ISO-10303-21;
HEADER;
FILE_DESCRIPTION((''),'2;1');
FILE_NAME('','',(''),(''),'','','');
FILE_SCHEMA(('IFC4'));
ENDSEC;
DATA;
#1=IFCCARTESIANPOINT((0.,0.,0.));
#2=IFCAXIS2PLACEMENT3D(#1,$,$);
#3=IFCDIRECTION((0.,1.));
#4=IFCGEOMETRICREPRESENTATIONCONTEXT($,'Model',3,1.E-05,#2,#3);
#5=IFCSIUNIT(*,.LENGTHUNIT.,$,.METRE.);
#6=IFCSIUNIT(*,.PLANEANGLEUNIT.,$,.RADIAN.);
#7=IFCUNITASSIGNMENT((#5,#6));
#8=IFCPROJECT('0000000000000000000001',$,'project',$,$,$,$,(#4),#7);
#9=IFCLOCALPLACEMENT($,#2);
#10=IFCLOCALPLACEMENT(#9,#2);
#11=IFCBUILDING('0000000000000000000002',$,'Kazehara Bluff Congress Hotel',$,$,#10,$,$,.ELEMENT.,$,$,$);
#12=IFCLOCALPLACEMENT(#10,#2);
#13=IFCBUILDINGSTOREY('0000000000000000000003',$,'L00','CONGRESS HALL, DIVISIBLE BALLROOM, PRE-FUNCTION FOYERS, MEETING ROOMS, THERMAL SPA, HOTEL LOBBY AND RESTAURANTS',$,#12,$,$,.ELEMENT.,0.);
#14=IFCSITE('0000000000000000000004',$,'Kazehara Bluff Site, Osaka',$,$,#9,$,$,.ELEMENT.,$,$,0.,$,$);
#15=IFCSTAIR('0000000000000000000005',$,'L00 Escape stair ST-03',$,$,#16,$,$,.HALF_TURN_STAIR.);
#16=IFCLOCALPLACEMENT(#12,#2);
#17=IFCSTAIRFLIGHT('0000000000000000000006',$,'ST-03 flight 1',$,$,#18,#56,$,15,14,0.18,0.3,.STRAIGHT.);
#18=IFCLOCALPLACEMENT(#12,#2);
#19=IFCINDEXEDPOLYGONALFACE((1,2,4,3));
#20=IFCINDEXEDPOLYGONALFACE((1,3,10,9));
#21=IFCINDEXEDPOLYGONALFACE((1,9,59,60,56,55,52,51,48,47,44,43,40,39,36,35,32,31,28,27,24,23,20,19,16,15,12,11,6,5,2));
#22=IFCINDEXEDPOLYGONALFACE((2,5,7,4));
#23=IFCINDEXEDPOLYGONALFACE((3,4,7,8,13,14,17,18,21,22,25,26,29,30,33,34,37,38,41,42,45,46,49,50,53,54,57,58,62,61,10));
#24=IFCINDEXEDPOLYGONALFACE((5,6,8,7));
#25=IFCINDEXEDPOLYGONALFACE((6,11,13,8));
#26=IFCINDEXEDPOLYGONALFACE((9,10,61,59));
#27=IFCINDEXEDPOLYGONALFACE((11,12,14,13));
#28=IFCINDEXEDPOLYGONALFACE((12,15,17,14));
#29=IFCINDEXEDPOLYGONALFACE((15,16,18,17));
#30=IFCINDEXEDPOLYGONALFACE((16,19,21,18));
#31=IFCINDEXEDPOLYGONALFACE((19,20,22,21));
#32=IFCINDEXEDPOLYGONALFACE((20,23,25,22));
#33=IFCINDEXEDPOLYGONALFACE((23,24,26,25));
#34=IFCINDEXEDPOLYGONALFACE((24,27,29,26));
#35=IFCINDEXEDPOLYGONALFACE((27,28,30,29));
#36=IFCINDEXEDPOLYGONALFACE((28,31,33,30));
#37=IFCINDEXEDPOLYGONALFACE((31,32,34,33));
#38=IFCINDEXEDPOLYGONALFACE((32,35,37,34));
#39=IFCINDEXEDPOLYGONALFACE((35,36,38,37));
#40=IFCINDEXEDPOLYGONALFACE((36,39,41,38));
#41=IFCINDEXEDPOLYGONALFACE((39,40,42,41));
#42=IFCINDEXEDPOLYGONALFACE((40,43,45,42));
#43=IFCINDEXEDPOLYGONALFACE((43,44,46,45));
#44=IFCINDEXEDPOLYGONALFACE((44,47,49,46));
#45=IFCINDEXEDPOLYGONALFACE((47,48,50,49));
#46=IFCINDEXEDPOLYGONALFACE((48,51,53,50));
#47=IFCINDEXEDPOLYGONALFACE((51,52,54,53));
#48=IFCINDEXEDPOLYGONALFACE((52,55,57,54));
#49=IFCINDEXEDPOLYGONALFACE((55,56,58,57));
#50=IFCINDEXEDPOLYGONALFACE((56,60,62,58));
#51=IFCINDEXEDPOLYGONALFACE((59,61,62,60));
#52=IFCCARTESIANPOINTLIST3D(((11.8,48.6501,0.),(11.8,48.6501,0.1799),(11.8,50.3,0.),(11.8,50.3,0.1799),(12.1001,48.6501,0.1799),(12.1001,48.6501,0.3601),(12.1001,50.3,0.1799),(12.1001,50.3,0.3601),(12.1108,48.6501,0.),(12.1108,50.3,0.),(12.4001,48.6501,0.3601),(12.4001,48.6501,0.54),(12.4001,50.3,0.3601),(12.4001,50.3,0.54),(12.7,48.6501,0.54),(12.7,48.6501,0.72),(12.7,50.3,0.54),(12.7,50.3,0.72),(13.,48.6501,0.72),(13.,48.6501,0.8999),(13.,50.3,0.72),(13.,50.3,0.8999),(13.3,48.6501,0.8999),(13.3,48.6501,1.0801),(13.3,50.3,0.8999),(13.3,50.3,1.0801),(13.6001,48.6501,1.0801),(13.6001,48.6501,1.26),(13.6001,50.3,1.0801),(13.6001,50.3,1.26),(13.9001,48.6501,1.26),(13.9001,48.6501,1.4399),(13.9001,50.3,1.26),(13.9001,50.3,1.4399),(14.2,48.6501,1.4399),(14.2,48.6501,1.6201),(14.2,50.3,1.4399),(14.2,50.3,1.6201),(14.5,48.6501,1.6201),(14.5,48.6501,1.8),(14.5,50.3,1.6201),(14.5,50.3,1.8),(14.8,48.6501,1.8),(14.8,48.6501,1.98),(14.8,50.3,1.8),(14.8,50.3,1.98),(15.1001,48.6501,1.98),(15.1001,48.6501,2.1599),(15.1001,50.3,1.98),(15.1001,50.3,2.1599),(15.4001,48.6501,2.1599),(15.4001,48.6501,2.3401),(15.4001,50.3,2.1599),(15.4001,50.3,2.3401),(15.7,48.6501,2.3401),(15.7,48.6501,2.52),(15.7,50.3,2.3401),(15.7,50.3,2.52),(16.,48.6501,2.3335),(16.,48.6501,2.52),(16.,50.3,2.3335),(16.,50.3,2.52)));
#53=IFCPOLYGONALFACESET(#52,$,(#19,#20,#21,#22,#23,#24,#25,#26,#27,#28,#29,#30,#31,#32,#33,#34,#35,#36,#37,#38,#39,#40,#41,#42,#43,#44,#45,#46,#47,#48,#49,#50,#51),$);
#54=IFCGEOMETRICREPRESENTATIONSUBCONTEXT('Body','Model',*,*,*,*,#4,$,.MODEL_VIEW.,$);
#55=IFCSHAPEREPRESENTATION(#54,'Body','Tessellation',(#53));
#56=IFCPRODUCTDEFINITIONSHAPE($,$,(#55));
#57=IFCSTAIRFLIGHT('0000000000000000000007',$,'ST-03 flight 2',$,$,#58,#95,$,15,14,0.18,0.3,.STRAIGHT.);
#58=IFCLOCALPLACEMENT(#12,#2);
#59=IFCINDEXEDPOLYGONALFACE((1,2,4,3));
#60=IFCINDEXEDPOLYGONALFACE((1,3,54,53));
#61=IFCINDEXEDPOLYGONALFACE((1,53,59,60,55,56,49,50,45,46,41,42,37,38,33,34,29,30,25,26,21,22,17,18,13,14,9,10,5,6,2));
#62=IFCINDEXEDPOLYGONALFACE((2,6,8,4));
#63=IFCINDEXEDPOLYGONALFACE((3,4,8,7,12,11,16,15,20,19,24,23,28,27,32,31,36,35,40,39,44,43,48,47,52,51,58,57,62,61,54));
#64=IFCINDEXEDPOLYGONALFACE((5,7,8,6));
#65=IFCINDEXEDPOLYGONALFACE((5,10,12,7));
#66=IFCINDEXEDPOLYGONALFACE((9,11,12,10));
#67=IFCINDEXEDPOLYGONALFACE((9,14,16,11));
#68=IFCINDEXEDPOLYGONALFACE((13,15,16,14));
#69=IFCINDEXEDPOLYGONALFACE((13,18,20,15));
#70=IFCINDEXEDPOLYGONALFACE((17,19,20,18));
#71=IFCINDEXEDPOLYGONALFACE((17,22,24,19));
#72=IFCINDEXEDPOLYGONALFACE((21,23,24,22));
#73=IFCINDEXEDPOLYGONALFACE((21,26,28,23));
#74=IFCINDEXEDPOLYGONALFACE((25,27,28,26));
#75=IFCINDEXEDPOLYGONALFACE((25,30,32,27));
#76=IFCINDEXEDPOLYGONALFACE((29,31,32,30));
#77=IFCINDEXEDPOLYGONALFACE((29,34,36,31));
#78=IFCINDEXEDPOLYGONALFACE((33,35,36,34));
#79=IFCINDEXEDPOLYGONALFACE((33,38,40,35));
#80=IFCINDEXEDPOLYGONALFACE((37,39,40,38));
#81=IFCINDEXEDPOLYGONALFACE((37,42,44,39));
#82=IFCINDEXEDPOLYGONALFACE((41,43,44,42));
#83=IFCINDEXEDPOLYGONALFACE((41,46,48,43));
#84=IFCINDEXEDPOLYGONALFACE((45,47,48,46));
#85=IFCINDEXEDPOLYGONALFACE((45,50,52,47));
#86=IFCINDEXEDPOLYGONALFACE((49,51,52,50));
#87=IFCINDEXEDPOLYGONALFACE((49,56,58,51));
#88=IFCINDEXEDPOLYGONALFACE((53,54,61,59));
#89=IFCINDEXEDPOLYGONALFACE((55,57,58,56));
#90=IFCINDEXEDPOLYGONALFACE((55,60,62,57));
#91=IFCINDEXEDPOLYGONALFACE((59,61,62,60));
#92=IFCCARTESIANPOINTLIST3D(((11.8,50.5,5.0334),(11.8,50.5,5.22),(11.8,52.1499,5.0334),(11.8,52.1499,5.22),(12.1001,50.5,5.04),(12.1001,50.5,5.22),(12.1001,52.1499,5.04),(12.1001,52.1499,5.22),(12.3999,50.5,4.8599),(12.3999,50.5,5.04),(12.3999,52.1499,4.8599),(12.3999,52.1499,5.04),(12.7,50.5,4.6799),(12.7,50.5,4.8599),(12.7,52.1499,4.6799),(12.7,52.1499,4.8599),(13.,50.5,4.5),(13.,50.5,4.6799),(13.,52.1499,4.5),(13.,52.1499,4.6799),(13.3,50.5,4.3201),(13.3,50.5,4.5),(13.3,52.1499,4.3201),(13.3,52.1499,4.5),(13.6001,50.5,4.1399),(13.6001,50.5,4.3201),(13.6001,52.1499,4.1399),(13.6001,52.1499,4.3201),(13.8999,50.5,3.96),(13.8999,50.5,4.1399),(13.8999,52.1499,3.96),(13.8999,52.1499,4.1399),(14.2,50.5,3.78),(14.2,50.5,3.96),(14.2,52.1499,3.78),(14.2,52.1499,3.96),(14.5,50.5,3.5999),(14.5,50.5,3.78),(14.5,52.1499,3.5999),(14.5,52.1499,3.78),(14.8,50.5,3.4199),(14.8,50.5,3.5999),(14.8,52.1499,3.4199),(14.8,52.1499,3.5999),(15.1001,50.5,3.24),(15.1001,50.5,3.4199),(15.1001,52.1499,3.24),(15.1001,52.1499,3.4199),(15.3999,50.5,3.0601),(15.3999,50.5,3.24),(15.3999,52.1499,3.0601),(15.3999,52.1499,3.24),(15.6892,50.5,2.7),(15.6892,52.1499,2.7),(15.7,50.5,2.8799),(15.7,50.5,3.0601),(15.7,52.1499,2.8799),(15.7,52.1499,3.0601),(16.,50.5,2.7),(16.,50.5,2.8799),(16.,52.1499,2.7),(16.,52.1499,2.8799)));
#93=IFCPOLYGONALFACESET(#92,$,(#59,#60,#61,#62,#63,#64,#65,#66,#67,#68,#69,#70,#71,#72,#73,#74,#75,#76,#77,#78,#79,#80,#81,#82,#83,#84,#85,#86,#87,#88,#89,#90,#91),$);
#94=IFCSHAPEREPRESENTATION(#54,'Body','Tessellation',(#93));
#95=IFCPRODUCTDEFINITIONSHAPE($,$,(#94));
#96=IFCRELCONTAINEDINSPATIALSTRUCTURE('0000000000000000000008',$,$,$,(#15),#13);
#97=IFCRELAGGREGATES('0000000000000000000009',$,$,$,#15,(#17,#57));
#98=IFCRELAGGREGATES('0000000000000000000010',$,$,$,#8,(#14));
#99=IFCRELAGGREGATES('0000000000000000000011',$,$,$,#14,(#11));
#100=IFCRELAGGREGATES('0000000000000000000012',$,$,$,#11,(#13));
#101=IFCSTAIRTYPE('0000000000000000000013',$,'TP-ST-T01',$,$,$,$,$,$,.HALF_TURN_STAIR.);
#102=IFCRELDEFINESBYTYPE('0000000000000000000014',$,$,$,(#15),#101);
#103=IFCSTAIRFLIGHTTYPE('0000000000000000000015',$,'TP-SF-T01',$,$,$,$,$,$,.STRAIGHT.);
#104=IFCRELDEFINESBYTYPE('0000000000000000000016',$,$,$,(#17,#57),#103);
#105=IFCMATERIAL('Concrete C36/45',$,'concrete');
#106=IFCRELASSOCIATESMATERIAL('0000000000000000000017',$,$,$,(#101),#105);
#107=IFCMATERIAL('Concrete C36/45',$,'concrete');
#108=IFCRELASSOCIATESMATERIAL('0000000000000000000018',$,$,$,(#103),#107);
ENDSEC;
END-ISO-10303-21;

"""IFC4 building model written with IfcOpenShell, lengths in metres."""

from ifc_helpers import new_model, si_unit, direction, frame, origin, place, context, subcontext, project, spatial, polyline, outline, extrude, material, type_object, element, aggregate, save


model = new_model("IFC4")

# Units and contexts
model_context = context("Model", 3, precision=1e-05, world=origin(), true_north=direction((0.0, 1.0)))
body_context = subcontext(model_context, "Body", "Model", "MODEL_VIEW")
ifc_project = project(units=[si_unit("LENGTHUNIT", "METRE"), si_unit("PLANEANGLEUNIT", "RADIAN")], contexts=[model_context])

# Site, building, storey
site_placement = place(None, origin())
site = spatial("IfcSite", under=ifc_project, at=site_placement, Name="Kazehara Bluff Site, Osaka", CompositionType="ELEMENT", RefElevation=0.0)
building_placement = place(site_placement, origin())
building = spatial("IfcBuilding", under=site, at=building_placement, Name="Kazehara Bluff Congress Hotel", CompositionType="ELEMENT")
storey_placement = place(building_placement, origin())
storey = spatial("IfcBuildingStorey", under=building, at=storey_placement, Name="L00", Description="CONGRESS HALL, DIVISIBLE BALLROOM, PRE-FUNCTION FOYERS, MEETING ROOMS, THERMAL SPA, HOTEL LOBBY AND RESTAURANTS", CompositionType="ELEMENT", Elevation=0.0)

# Stair, stair flights
ifc_material_1 = material(Name="Concrete C36/45", Category="concrete")
stair_type = type_object("IfcStairType", Name="TP-ST-T01", PredefinedType="HALF_TURN_STAIR", material=ifc_material_1)
stair_placement = place(storey_placement, origin())
stair = element("IfcStair", 1, at=stair_placement, inside=storey, type_object=stair_type, Name="L00 Escape stair ST-03", PredefinedType="HALF_TURN_STAIR")
ifc_material_2 = material(Name="Concrete C36/45", Category="concrete")
stair_flight_type = type_object("IfcStairFlightType", Name="TP-SF-T01", PredefinedType="STRAIGHT", material=ifc_material_2)
stair_flight_1_placement = place(storey_placement, frame((11.8, 49.4751, 0.0), z_axis=(0.0, 0.0, 1.0), x_axis=(1.0, 0.0, 0.0)))
stair_flight_1 = element("IfcStairFlight", 2, at=stair_flight_1_placement, type_object=stair_flight_type, Name="ST-03 flight 1", NumberOfRisers=15, NumberOfTreads=14, PredefinedType="STRAIGHT", RiserHeight=0.18, TreadLength=0.3, context=body_context, shape_type="SweptSolid", body=[
    extrude(outline(polyline([(0.0, 0.0), (0.0, 0.1799), (0.3, 0.1799), (0.3, 0.3601), (0.6001, 0.3601), (0.6001, 0.54), (0.8999, 0.54), (0.8999, 0.72), (1.2, 0.72), (1.2, 0.8999), (1.5, 0.8999), (1.5, 1.0801), (1.8, 1.0801), (1.8, 1.26), (2.1001, 1.26), (2.1001, 1.4399), (2.3999, 1.4399), (2.3999, 1.6201), (2.7, 1.6201), (2.7, 1.8), (3.0, 1.8), (3.0, 1.98), (3.3, 1.98), (3.3, 2.1599), (3.6001, 2.1599), (3.6001, 2.3401), (3.8999, 2.3401), (3.8999, 2.52), (4.2, 2.52), (4.2, 2.7), (4.2, 2.3335), (0.3108, 0.0), (0.0, 0.0)])), frame((0.0, 0.825, 0.0), z_axis=(0.0, -1.0, 0.0), x_axis=(1.0, 0.0, 0.0)), (0.0, 0.0, 1.0), 1.6499),
])
stair_flight_2_placement = place(storey_placement, frame((16.0, 51.325, 2.7), z_axis=(0.0, 0.0, 1.0), x_axis=(-1.0, 0.0, 0.0)))
stair_flight_2 = element("IfcStairFlight", 3, at=stair_flight_2_placement, type_object=stair_flight_type, Name="ST-03 flight 2", NumberOfRisers=15, NumberOfTreads=14, PredefinedType="STRAIGHT", RiserHeight=0.18, TreadLength=0.3, context=body_context, shape_type="SweptSolid", body=[
    extrude(outline(polyline([(0.0, 0.0), (0.0, 0.1799), (0.3, 0.1799), (0.3, 0.3601), (0.6001, 0.3601), (0.6001, 0.54), (0.8999, 0.54), (0.8999, 0.72), (1.2, 0.72), (1.2, 0.8999), (1.5, 0.8999), (1.5, 1.0801), (1.8, 1.0801), (1.8, 1.26), (2.1001, 1.26), (2.1001, 1.4399), (2.3999, 1.4399), (2.3999, 1.6201), (2.7, 1.6201), (2.7, 1.8), (3.0, 1.8), (3.0, 1.98), (3.3, 1.98), (3.3, 2.1599), (3.6001, 2.1599), (3.6001, 2.3401), (3.8999, 2.3401), (3.8999, 2.52), (4.2, 2.52), (4.2, 2.7), (4.2, 2.3335), (0.3108, 0.0), (0.0, 0.0)])), frame((0.0, 0.825, 0.0), z_axis=(0.0, -1.0, 0.0), x_axis=(1.0, 0.0, 0.0)), (0.0, 0.0, 1.0), 1.6499),
])
aggregate(stair, [stair_flight_1, stair_flight_2])

save(model, "model.ifc")
